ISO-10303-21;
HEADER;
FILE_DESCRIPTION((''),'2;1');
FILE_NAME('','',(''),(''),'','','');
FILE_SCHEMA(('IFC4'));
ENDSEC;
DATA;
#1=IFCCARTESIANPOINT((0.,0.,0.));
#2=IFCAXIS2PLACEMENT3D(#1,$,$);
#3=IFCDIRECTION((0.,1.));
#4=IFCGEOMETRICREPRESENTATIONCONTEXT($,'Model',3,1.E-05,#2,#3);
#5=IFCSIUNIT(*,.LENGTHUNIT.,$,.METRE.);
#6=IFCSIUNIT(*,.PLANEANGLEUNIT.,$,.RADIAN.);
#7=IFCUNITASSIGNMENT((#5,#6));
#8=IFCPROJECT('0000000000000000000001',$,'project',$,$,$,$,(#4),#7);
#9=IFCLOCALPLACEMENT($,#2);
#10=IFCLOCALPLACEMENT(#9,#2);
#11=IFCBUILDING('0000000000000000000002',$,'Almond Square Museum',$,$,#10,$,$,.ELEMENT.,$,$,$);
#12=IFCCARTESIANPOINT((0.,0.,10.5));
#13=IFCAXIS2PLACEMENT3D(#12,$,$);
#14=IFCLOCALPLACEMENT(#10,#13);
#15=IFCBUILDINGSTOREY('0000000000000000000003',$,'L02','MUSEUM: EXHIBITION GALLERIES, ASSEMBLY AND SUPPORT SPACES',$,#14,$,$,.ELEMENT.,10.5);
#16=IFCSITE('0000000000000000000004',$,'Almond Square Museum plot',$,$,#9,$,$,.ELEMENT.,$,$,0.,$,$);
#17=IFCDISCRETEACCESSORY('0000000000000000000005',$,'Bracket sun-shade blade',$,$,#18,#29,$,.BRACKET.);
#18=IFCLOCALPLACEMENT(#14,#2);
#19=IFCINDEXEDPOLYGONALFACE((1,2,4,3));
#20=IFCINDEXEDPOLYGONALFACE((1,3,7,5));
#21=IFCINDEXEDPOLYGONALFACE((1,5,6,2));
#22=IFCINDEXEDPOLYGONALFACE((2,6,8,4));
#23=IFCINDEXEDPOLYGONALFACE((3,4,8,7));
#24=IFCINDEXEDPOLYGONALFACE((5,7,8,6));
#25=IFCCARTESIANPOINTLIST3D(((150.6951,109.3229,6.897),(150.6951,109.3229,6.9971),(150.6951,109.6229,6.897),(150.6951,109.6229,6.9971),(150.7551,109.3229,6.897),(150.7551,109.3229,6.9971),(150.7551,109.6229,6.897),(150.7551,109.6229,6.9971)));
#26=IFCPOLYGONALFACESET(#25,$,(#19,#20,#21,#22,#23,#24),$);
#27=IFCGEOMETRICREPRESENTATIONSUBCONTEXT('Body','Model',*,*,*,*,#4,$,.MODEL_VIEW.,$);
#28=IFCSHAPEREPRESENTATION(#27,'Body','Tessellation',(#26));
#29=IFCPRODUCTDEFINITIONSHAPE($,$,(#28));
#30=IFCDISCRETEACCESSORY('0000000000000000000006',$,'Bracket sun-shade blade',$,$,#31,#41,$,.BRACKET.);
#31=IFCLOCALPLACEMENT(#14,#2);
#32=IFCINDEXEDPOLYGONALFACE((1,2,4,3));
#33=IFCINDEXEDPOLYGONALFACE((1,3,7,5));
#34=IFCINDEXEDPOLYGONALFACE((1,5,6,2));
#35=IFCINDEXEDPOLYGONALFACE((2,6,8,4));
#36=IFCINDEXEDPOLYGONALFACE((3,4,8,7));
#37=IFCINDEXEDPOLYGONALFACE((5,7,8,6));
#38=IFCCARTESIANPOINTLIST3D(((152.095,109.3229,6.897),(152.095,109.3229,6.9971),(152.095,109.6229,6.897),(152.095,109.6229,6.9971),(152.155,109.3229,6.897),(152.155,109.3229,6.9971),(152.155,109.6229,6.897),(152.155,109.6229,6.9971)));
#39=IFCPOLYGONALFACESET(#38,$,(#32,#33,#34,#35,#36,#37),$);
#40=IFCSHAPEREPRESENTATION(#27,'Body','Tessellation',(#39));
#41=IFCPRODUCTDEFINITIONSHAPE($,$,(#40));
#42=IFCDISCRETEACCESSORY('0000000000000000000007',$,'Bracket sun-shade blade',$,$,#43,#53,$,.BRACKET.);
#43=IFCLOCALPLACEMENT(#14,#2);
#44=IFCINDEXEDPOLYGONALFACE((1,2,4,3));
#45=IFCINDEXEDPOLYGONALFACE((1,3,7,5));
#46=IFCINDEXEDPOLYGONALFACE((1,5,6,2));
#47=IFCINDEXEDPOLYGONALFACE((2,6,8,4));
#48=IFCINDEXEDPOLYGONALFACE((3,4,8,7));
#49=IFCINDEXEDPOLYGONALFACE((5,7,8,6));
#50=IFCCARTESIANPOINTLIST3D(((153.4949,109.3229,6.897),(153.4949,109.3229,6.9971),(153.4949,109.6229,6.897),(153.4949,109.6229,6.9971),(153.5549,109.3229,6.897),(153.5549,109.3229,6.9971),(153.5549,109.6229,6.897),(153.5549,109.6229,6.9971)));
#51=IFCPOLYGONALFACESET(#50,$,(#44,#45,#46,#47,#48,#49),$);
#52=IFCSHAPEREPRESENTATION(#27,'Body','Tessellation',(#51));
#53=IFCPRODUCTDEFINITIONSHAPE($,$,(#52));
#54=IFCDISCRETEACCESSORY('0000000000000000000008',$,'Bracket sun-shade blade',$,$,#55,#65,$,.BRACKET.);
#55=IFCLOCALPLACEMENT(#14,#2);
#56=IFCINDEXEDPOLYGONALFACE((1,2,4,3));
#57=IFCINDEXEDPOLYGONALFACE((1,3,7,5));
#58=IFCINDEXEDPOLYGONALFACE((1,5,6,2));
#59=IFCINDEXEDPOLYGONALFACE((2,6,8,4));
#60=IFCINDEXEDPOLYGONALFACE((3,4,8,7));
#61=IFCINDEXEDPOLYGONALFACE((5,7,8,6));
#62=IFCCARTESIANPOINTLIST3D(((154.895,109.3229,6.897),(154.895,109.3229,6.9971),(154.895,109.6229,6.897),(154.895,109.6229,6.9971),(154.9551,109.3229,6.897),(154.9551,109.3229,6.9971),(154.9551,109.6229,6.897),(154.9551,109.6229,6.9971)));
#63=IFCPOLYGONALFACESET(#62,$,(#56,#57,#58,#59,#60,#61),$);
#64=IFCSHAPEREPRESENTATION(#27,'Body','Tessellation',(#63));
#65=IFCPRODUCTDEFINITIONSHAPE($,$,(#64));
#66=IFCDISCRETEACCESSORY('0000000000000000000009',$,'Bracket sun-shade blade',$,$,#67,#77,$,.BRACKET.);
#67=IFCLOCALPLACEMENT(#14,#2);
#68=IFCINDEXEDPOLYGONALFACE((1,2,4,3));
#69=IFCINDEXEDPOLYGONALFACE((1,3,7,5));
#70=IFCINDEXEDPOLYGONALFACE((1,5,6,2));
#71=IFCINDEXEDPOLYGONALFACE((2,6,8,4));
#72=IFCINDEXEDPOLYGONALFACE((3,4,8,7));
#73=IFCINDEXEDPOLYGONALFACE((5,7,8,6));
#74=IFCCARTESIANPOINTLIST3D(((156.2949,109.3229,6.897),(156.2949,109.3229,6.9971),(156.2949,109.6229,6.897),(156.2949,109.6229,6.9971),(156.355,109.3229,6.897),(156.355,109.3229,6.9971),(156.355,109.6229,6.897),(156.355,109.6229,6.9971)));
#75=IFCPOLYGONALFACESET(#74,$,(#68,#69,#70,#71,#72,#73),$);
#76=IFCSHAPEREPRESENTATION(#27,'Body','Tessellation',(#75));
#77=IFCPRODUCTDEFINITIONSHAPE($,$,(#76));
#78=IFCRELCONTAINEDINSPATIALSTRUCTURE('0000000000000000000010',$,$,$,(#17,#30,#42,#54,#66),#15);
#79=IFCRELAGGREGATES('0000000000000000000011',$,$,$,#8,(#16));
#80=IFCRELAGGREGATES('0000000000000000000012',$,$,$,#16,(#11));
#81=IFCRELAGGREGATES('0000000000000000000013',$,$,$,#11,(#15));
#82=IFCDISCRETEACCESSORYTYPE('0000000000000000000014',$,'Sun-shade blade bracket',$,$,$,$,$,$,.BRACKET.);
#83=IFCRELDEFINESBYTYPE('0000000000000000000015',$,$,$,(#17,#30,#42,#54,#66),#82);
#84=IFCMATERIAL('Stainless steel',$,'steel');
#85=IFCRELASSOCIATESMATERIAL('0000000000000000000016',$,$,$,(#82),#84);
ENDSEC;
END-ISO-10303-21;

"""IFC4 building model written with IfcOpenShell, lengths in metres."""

from ifc_helpers import new_model, si_unit, direction, frame, origin, origin_2d, place, context, subcontext, project, spatial, rectangle, extrude, material, type_object, element, save


model = new_model("IFC4")

# Units and contexts
model_context = context("Model", 3, precision=1e-05, world=origin(), true_north=direction((0.0, 1.0)))
body_context = subcontext(model_context, "Body", "Model", "MODEL_VIEW")
ifc_project = project(units=[si_unit("LENGTHUNIT", "METRE"), si_unit("PLANEANGLEUNIT", "RADIAN")], contexts=[model_context])

# Site, building, storey
site_placement = place(None, origin())
site = spatial("IfcSite", under=ifc_project, at=site_placement, Name="Almond Square Museum plot", CompositionType="ELEMENT", RefElevation=0.0)
building_placement = place(site_placement, origin())
building = spatial("IfcBuilding", under=site, at=building_placement, Name="Almond Square Museum", CompositionType="ELEMENT")
storey_placement = place(building_placement, frame((0.0, 0.0, 10.5)))
storey = spatial("IfcBuildingStorey", under=building, at=storey_placement, Name="L02", Description="MUSEUM: EXHIBITION GALLERIES, ASSEMBLY AND SUPPORT SPACES", CompositionType="ELEMENT", Elevation=10.5)

# Discrete accessories
ifc_material_1 = material(Name="Stainless steel", Category="steel")
discrete_accessory_type = type_object("IfcDiscreteAccessoryType", Name="Sun-shade blade bracket", PredefinedType="BRACKET", material=ifc_material_1)
for number, where, z_axis, x_axis, name in (
    (1, (150.7251, 109.4729, 6.897), (0.0, 0.0, 1.0), (1.0, 0.0, 0.0), "Bracket sun-shade blade"),
    (2, (152.125, 109.4729, 6.897), (0.0, 0.0, 1.0), (1.0, 0.0, 0.0), "Bracket sun-shade blade"),
    (3, (153.5249, 109.4729, 6.897), (0.0, 0.0, 1.0), (1.0, 0.0, 0.0), "Bracket sun-shade blade"),
    (4, (154.925, 109.4729, 6.897), (0.0, 0.0, 1.0), (1.0, 0.0, 0.0), "Bracket sun-shade blade"),
    (5, (156.325, 109.4729, 6.897), (0.0, 0.0, 1.0), (1.0, 0.0, 0.0), "Bracket sun-shade blade"),
):
    element("IfcDiscreteAccessory", number, at=place(storey_placement, frame(where, z_axis=z_axis, x_axis=x_axis)), inside=storey, type_object=discrete_accessory_type, Name=name, PredefinedType="BRACKET", context=body_context, shape_type="SweptSolid", body=[
        extrude(rectangle(XDim=0.0601, YDim=0.3, at=origin_2d()), origin(), (0.0, 0.0, 1.0), 0.1001),
    ])

save(model, "model.ifc")
